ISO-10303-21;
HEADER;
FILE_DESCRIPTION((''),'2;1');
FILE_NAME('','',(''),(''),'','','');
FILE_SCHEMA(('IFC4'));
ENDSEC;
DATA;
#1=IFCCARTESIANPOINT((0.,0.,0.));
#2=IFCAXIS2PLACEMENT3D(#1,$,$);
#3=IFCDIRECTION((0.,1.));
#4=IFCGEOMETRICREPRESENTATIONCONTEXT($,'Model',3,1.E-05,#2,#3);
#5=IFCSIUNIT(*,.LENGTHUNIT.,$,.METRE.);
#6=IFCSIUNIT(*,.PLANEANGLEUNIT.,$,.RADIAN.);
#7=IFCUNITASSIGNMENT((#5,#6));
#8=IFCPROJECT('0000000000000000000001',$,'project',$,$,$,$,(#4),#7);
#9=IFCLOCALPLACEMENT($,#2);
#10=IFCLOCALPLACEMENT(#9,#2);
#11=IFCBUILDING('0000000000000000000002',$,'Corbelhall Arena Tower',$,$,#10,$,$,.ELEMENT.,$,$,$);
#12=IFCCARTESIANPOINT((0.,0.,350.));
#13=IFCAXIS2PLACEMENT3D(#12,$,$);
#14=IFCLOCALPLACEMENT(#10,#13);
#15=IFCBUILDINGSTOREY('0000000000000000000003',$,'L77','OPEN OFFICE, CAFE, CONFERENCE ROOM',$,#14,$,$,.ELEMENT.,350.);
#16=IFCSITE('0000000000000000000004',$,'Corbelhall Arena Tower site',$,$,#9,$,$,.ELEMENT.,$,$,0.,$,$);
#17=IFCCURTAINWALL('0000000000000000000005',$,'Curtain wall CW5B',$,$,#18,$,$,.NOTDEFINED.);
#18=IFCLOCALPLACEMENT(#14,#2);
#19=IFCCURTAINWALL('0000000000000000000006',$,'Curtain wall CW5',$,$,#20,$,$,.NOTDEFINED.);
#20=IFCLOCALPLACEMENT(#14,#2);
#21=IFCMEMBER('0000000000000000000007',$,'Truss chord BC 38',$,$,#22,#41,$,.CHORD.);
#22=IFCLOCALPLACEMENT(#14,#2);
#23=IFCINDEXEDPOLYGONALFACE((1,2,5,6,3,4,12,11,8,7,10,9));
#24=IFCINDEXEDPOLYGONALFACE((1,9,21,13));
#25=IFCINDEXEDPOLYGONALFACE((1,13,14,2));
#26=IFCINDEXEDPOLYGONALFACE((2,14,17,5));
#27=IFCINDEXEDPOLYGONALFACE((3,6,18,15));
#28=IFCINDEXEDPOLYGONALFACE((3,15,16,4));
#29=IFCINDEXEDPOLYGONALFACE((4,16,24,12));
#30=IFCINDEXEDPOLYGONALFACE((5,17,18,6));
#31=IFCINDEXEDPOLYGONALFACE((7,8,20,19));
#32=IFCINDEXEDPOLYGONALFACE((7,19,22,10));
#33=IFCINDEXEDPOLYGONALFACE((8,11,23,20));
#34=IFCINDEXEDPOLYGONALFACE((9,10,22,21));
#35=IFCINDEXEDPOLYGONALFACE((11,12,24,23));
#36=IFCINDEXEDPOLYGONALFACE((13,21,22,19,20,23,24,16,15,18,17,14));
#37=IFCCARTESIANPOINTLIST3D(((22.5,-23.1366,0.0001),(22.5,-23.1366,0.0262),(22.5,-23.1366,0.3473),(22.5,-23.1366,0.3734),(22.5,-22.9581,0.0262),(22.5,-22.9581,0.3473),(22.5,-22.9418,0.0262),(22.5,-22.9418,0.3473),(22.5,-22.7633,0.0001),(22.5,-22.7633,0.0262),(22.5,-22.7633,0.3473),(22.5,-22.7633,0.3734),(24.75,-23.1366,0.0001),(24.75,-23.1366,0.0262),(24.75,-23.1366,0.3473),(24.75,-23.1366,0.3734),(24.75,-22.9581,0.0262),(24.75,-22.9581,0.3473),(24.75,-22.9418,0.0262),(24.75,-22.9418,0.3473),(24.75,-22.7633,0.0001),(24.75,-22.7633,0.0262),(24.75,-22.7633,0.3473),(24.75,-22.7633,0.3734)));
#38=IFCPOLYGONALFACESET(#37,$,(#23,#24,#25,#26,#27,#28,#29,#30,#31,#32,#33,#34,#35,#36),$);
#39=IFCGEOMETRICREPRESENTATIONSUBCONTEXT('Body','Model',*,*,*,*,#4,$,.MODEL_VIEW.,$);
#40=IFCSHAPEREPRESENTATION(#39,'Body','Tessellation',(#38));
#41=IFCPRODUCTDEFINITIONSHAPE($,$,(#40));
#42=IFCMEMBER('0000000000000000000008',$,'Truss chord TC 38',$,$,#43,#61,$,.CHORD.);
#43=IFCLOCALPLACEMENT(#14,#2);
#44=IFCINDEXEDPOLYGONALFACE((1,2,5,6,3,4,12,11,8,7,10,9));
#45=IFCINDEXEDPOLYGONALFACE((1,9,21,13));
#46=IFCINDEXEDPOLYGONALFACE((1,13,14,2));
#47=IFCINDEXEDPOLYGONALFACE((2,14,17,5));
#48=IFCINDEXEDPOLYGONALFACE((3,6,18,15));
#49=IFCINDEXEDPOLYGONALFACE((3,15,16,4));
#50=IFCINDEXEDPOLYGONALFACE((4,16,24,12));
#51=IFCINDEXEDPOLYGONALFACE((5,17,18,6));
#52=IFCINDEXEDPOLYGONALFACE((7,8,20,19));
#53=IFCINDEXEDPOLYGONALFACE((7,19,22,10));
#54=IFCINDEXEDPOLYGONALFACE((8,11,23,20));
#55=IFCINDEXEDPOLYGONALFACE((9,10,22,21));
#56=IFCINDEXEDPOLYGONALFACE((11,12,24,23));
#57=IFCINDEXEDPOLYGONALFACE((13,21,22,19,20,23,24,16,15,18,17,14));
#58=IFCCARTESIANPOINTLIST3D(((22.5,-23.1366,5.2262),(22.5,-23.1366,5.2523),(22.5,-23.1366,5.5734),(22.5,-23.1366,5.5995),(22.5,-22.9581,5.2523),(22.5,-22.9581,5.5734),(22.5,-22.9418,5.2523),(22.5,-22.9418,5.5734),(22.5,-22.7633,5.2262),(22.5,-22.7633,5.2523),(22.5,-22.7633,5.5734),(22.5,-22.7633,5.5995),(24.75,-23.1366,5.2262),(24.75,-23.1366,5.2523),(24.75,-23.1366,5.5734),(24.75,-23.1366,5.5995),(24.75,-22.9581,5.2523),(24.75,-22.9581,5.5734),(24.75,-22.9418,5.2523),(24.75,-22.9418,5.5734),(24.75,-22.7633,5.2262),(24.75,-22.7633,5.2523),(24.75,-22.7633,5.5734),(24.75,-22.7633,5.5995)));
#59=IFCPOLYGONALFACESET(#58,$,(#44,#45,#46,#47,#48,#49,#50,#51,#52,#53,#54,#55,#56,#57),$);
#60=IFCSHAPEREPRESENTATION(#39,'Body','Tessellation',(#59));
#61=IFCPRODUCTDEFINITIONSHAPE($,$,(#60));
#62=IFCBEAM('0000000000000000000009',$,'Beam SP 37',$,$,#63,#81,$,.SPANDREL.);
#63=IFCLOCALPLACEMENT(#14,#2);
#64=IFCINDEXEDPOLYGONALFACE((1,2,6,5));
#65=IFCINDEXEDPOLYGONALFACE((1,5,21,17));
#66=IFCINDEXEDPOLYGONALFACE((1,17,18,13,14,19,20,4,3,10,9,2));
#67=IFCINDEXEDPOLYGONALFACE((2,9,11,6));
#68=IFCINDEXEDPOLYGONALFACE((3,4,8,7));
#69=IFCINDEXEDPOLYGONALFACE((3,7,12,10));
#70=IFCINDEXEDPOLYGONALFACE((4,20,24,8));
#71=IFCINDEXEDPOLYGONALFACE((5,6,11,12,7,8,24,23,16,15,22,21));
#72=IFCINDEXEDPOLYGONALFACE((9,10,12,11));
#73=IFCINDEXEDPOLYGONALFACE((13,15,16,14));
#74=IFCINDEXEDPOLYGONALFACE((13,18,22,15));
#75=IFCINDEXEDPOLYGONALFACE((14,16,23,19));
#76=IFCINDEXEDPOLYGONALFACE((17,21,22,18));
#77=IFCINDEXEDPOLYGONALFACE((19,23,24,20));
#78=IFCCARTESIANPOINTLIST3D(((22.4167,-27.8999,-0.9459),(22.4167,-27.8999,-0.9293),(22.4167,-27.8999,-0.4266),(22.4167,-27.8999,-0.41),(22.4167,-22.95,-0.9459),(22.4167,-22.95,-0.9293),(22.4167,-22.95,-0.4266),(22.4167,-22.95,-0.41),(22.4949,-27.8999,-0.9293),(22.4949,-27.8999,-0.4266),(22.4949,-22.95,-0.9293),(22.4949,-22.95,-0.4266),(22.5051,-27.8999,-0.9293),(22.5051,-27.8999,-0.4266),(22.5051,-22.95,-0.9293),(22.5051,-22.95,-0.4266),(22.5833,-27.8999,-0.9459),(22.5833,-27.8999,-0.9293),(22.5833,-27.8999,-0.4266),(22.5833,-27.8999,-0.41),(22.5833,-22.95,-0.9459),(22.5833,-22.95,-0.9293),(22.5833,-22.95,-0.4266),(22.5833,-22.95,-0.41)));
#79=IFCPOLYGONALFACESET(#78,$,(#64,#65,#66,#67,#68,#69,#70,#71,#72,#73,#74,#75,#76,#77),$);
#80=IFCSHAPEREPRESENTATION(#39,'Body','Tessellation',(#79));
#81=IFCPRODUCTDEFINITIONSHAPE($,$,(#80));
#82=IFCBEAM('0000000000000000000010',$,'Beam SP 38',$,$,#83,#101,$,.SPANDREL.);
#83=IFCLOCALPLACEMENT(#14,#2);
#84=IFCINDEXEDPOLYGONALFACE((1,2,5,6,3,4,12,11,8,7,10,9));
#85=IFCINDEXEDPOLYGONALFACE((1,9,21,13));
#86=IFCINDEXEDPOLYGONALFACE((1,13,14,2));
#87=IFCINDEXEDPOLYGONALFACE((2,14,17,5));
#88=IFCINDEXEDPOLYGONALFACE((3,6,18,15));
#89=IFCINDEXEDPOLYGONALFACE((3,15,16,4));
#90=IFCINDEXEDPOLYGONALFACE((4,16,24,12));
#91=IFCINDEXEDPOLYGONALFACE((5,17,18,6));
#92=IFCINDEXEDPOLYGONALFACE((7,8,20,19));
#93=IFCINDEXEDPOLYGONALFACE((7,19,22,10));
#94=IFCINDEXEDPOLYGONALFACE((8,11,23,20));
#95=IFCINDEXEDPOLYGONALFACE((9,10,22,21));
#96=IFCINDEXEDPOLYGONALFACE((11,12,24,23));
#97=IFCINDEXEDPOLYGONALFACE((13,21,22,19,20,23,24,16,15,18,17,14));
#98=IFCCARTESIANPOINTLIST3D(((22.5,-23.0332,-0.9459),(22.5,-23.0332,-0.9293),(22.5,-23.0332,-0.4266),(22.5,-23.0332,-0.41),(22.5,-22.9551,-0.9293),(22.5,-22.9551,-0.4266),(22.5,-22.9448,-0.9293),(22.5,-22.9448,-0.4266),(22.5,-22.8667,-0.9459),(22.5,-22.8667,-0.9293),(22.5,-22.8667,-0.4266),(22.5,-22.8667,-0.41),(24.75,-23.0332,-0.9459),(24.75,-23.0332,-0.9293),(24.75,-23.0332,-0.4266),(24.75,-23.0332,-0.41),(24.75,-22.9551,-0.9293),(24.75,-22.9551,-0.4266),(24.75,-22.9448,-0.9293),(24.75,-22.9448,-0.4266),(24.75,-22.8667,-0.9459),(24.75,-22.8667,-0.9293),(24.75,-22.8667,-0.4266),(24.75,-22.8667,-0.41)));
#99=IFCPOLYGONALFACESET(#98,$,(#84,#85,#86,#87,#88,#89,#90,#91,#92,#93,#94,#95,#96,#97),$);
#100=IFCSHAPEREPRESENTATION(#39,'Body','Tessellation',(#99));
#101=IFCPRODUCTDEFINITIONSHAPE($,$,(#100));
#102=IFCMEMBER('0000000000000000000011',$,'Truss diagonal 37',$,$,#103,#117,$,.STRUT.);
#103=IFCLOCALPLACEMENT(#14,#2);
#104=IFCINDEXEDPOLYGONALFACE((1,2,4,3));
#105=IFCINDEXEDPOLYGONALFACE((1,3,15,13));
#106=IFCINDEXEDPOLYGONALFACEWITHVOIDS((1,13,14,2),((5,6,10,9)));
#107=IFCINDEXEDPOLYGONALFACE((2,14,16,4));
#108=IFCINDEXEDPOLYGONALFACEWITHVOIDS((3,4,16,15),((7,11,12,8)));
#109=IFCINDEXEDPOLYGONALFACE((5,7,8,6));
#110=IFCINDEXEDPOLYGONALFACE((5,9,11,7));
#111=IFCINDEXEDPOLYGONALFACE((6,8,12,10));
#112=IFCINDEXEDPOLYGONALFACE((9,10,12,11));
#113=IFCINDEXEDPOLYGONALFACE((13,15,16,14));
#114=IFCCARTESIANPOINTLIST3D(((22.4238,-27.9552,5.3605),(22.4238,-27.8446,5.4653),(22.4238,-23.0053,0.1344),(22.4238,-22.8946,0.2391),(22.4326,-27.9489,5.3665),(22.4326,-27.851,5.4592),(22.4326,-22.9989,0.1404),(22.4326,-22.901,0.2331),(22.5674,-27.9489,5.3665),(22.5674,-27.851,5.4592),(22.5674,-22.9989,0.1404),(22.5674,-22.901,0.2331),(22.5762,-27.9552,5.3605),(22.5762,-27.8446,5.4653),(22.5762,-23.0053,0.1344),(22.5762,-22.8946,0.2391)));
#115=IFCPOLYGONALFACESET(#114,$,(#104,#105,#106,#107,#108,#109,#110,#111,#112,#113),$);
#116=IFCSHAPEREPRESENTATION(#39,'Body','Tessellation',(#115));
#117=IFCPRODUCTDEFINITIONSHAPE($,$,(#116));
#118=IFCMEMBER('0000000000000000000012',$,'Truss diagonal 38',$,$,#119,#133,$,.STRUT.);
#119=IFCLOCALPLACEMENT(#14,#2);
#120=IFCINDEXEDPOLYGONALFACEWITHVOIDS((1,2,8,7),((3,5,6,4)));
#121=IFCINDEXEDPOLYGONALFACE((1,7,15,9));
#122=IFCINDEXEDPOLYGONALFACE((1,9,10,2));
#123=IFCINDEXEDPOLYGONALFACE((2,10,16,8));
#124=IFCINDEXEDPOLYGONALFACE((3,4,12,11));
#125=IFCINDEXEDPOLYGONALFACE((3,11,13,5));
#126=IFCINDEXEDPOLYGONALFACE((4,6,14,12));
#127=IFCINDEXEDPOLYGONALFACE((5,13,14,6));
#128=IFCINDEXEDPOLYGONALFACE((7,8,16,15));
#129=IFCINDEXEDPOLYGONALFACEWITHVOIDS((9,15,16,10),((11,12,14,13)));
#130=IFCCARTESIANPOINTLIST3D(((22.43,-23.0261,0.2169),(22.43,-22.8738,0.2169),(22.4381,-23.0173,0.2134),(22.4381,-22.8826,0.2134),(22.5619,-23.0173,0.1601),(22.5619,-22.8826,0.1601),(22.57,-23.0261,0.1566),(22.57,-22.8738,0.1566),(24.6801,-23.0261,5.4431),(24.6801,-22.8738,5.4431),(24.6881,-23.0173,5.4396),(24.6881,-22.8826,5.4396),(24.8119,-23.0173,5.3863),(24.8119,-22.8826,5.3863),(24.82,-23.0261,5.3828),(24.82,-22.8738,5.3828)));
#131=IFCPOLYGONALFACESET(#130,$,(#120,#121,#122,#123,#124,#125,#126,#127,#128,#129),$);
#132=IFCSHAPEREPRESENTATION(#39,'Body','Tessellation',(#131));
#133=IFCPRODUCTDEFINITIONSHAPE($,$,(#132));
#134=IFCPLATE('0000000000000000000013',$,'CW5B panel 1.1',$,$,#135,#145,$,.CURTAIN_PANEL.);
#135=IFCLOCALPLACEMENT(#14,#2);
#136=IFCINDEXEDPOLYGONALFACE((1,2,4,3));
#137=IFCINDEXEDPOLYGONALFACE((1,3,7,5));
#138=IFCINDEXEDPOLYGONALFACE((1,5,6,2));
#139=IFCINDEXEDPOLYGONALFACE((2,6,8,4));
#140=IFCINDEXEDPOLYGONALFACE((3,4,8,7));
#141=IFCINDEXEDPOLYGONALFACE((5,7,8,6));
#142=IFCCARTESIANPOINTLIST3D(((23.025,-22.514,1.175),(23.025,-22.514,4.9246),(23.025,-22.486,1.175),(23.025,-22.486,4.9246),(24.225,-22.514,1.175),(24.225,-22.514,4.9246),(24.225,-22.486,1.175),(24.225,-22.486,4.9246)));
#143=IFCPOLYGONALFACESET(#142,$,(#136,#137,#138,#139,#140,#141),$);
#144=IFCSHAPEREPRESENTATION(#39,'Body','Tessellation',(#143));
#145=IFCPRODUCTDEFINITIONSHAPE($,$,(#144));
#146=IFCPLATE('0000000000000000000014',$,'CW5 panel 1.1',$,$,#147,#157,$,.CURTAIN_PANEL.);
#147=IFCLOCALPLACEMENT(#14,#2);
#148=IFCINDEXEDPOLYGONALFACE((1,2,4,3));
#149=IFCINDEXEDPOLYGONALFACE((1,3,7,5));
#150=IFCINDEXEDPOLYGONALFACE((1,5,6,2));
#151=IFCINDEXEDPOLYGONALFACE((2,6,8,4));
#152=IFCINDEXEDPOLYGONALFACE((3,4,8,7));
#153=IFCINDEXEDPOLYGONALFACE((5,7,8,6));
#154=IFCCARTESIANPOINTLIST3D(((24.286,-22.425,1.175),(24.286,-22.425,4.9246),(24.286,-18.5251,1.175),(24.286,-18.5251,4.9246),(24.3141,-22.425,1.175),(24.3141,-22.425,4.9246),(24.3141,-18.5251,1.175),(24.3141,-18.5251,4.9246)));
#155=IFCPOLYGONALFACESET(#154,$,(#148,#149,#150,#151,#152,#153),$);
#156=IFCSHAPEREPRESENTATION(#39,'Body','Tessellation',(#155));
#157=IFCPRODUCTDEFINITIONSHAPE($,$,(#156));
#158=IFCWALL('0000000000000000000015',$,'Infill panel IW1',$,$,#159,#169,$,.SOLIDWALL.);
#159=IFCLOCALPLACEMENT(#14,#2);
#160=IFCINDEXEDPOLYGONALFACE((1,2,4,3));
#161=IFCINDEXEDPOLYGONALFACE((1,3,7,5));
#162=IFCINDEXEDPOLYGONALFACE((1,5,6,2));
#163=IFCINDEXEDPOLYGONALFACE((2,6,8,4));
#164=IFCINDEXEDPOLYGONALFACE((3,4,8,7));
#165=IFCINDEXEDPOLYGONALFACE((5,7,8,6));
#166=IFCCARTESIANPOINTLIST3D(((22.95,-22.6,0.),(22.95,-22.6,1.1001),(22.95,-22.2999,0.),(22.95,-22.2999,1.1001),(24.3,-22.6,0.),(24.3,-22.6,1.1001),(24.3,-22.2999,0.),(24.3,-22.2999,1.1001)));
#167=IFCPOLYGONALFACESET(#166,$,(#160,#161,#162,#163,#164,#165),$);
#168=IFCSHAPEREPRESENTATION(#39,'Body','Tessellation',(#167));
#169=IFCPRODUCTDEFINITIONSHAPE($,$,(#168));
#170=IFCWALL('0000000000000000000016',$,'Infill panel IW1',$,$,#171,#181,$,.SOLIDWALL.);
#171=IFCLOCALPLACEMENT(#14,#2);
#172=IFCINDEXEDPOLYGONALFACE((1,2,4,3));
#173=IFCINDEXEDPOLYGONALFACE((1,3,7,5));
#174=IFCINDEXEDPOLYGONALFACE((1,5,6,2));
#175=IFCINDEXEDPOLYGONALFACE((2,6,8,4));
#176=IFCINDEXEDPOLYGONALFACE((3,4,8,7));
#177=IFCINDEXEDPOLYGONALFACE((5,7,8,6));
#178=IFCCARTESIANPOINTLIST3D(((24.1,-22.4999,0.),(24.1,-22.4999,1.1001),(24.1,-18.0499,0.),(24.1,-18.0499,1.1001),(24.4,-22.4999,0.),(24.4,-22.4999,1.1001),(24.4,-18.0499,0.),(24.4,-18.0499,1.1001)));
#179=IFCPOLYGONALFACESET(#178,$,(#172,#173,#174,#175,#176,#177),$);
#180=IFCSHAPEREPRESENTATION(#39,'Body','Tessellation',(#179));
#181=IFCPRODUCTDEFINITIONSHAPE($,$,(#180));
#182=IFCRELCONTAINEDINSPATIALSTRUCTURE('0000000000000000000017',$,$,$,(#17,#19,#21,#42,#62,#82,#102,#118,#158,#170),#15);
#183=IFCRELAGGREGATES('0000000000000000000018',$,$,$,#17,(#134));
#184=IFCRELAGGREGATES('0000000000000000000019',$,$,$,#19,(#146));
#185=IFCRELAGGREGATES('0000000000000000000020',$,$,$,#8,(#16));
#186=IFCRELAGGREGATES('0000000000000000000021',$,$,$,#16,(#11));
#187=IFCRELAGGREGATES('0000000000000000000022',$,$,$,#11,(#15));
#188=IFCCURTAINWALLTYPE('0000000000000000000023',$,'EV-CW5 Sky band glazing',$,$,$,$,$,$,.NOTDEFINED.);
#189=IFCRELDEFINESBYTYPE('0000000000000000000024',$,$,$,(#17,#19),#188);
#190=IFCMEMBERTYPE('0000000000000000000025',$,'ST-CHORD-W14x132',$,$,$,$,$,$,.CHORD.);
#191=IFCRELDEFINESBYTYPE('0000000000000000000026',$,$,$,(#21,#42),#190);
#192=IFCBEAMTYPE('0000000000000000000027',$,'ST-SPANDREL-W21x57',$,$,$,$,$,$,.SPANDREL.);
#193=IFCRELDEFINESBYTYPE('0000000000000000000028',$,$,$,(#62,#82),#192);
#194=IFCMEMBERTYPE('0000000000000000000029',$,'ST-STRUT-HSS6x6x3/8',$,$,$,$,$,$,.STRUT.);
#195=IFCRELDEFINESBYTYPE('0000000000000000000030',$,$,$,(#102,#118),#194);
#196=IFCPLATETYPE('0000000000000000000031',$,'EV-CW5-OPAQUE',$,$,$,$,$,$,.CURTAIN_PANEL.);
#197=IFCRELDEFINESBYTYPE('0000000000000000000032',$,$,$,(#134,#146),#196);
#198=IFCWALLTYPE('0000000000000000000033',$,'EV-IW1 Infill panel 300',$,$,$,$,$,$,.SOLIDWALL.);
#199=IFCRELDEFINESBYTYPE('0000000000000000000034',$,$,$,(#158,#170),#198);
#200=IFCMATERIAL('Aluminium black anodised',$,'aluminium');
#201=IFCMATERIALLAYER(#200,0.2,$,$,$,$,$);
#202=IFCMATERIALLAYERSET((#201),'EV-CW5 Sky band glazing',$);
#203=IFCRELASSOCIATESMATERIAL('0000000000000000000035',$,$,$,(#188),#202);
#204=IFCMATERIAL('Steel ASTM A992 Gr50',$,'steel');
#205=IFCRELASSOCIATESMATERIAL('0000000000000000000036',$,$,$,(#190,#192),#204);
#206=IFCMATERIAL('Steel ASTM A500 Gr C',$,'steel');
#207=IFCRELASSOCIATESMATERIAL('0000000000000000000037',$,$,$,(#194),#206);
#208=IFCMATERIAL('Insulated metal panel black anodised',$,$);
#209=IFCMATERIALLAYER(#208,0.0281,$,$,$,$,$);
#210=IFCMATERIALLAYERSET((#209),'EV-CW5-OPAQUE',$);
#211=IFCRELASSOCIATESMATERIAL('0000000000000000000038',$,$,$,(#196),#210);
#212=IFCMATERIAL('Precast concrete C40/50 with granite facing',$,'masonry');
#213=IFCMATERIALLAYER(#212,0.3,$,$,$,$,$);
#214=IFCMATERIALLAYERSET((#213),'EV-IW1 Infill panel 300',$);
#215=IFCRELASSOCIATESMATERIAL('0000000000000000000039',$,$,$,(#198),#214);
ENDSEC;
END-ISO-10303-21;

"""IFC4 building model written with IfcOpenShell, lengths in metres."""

from ifc_helpers import new_model, si_unit, direction, frame, frame_2d, origin, origin_2d, place, context, subcontext, project, spatial, rectangle, hollow_rectangle, i_section, extrude, material, layer, layer_set, material_profile, profile_set, type_object, element, aggregate, save


model = new_model("IFC4")

# Units and contexts
model_context = context("Model", 3, precision=1e-05, world=origin(), true_north=direction((0.0, 1.0)))
body_context = subcontext(model_context, "Body", "Model", "MODEL_VIEW")
ifc_project = project(units=[si_unit("LENGTHUNIT", "METRE"), si_unit("PLANEANGLEUNIT", "RADIAN")], contexts=[model_context])

# Site, building, storey
site_placement = place(None, origin())
site = spatial("IfcSite", under=ifc_project, at=site_placement, Name="Corbelhall Arena Tower site", CompositionType="ELEMENT", RefElevation=0.0)
building_placement = place(site_placement, origin())
building = spatial("IfcBuilding", under=site, at=building_placement, Name="Corbelhall Arena Tower", CompositionType="ELEMENT")
storey_placement = place(building_placement, frame((0.0, 0.0, 350.0)))
storey = spatial("IfcBuildingStorey", under=building, at=storey_placement, Name="L77", Description="OPEN OFFICE, CAFE, CONFERENCE ROOM", CompositionType="ELEMENT", Elevation=350.0)

# Curtain walls
ifc_material_1 = material(Name="Aluminium black anodised", Category="aluminium")
ifc_layer_1 = layer(ifc_material_1, 0.2)
ifc_layer_set_1 = layer_set([ifc_layer_1], Name="EV-CW5 Sky band glazing")
curtain_wall_type = type_object("IfcCurtainWallType", Name="EV-CW5 Sky band glazing", PredefinedType="NOTDEFINED", material=ifc_layer_set_1)
curtain_wall_1_placement = place(storey_placement, origin())
curtain_wall_1 = element("IfcCurtainWall", 1, at=curtain_wall_1_placement, inside=storey, type_object=curtain_wall_type, Name="Curtain wall CW5B", PredefinedType="NOTDEFINED")
curtain_wall_2_placement = place(storey_placement, origin())
curtain_wall_2 = element("IfcCurtainWall", 2, at=curtain_wall_2_placement, inside=storey, type_object=curtain_wall_type, Name="Curtain wall CW5", PredefinedType="NOTDEFINED")

# Members
ifc_material_2 = material(Name="Steel ASTM A992 Gr50", Category="steel")
ifc_material_profile_1 = material_profile(ifc_material_2, i_section(OverallWidth=0.3733, OverallDepth=0.3733, WebThickness=0.0164, FlangeThickness=0.0261, at=origin_2d()))
ifc_profile_set_1 = profile_set([ifc_material_profile_1], Name="Steel ASTM A992 Gr50")
member_type_1 = type_object("IfcMemberType", Name="ST-CHORD-W14x132", PredefinedType="CHORD", material=ifc_profile_set_1)
for number, where, z_axis, x_axis, name in (
    (3, (24.75, -22.95, 0.1868), (-1.0, 0.0, 0.0), (0.0, -1.0, 0.0), "Truss chord BC 38"),
    (4, (24.75, -22.95, 5.4128), (-1.0, 0.0, 0.0), (0.0, -1.0, 0.0), "Truss chord TC 38"),
):
    element("IfcMember", number, at=place(storey_placement, frame(where, z_axis=z_axis, x_axis=x_axis)), inside=storey, type_object=member_type_1, Name=name, PredefinedType="CHORD", context=body_context, shape_type="SweptSolid", body=[
        extrude(i_section(OverallWidth=0.3733, OverallDepth=0.3733, WebThickness=0.0164, FlangeThickness=0.0261, at=origin_2d()), origin(), (0.0, 0.0, 1.0), 2.25),
    ])

# Beams
ifc_material_profile_2 = material_profile(ifc_material_2, i_section(OverallWidth=0.1665, OverallDepth=0.5359, WebThickness=0.0103, FlangeThickness=0.0166, at=origin_2d()))
ifc_profile_set_2 = profile_set([ifc_material_profile_2], Name="Steel ASTM A992 Gr50")
beam_type = type_object("IfcBeamType", Name="ST-SPANDREL-W21x57", PredefinedType="SPANDREL", material=ifc_profile_set_2)
beam_1_placement = place(storey_placement, frame((22.5, -22.95, -0.678), z_axis=(0.0, -1.0, 0.0), x_axis=(1.0, 0.0, 0.0)))
element("IfcBeam", 5, at=beam_1_placement, inside=storey, type_object=beam_type, Name="Beam SP 37", PredefinedType="SPANDREL", context=body_context, shape_type="SweptSolid", body=[
    extrude(i_section(OverallWidth=0.1665, OverallDepth=0.5359, WebThickness=0.0103, FlangeThickness=0.0166, at=origin_2d()), origin(), (0.0, 0.0, 1.0), 4.95),
])
beam_2_placement = place(storey_placement, frame((24.75, -22.95, -0.678), z_axis=(-1.0, 0.0, 0.0), x_axis=(0.0, -1.0, 0.0)))
element("IfcBeam", 6, at=beam_2_placement, inside=storey, type_object=beam_type, Name="Beam SP 38", PredefinedType="SPANDREL", context=body_context, shape_type="SweptSolid", body=[
    extrude(i_section(OverallWidth=0.1665, OverallDepth=0.5359, WebThickness=0.0103, FlangeThickness=0.0166, at=origin_2d()), origin(), (0.0, 0.0, 1.0), 2.25),
])

# Members
ifc_material_3 = material(Name="Steel ASTM A500 Gr C", Category="steel")
ifc_material_profile_3 = material_profile(ifc_material_3, hollow_rectangle(XDim=0.1523, YDim=0.1523, WallThickness=0.0088, at=origin_2d()))
ifc_profile_set_3 = profile_set([ifc_material_profile_3], Name="Steel ASTM A500 Gr C")
member_type_2 = type_object("IfcMemberType", Name="ST-STRUT-HSS6x6x3/8", PredefinedType="STRUT", material=ifc_profile_set_3)
member_1_placement = place(storey_placement, frame((22.5, -22.95, 0.1868), z_axis=(0.0, -0.687667, 0.726027), x_axis=(1.0, 0.0, 0.0)))
element("IfcMember", 7, at=member_1_placement, inside=storey, type_object=member_type_2, Name="Truss diagonal 37", PredefinedType="STRUT", context=body_context, shape_type="SweptSolid", body=[
    extrude(hollow_rectangle(XDim=0.1523, YDim=0.1523, WallThickness=0.0088, at=origin_2d()), origin(), (0.0, 0.0, 1.0), 7.1982),
])
member_2_placement = place(storey_placement, frame((22.5, -22.95, 0.1868), z_axis=(0.395441, 0.0, 0.918491), x_axis=(0.0, 1.0, 0.0)))
element("IfcMember", 8, at=member_2_placement, inside=storey, type_object=member_type_2, Name="Truss diagonal 38", PredefinedType="STRUT", context=body_context, shape_type="SweptSolid", body=[
    extrude(hollow_rectangle(XDim=0.1523, YDim=0.1523, WallThickness=0.0088, at=origin_2d()), origin(), (0.0, 0.0, 1.0), 5.6899),
])

# Plates
ifc_material_4 = material(Name="Insulated metal panel black anodised")
ifc_layer_2 = layer(ifc_material_4, 0.0281)
ifc_layer_set_2 = layer_set([ifc_layer_2], Name="EV-CW5-OPAQUE")
plate_type = type_object("IfcPlateType", Name="EV-CW5-OPAQUE", PredefinedType="CURTAIN_PANEL", material=ifc_layer_set_2)
plate_1_placement = place(storey_placement, frame((23.625, -22.5, 1.175), z_axis=(0.0, 0.0, 1.0), x_axis=(1.0, 0.0, 0.0)))
plate_1 = element("IfcPlate", 9, at=plate_1_placement, type_object=plate_type, Name="CW5B panel 1.1", PredefinedType="CURTAIN_PANEL", context=body_context, shape_type="SweptSolid", body=[
    extrude(rectangle(XDim=1.2, YDim=0.0281, at=origin_2d()), origin(), (0.0, 0.0, 1.0), 3.7495),
])
aggregate(curtain_wall_1, [plate_1])
plate_2_placement = place(storey_placement, frame((24.3, -20.4751, 1.175), z_axis=(0.0, 0.0, 1.0), x_axis=(0.0, 1.0, 0.0)))
plate_2 = element("IfcPlate", 10, at=plate_2_placement, type_object=plate_type, Name="CW5 panel 1.1", PredefinedType="CURTAIN_PANEL", context=body_context, shape_type="SweptSolid", body=[
    extrude(rectangle(XDim=3.8999, YDim=0.0281, at=origin_2d()), origin(), (0.0, 0.0, 1.0), 3.7495),
])
aggregate(curtain_wall_2, [plate_2])

# Walls
ifc_material_5 = material(Name="Precast concrete C40/50 with granite facing", Category="masonry")
ifc_layer_3 = layer(ifc_material_5, 0.3)
ifc_layer_set_3 = layer_set([ifc_layer_3], Name="EV-IW1 Infill panel 300")
wall_type = type_object("IfcWallType", Name="EV-IW1 Infill panel 300", PredefinedType="SOLIDWALL", material=ifc_layer_set_3)
wall_1_placement = place(storey_placement, frame((22.95, -22.45, 0.0), z_axis=(0.0, 0.0, 1.0), x_axis=(1.0, 0.0, 0.0)))
element("IfcWall", 11, at=wall_1_placement, inside=storey, type_object=wall_type, Name="Infill panel IW1", PredefinedType="SOLIDWALL", context=body_context, shape_type="SweptSolid", body=[
    extrude(rectangle(XDim=1.3501, YDim=0.3, at=frame_2d((0.675, 0.0))), origin(), (0.0, 0.0, 1.0), 1.1001),
])
wall_2_placement = place(storey_placement, frame((24.25, -22.5, 0.0), z_axis=(0.0, 0.0, 1.0), x_axis=(0.0, 1.0, 0.0)))
element("IfcWall", 12, at=wall_2_placement, inside=storey, type_object=wall_type, Name="Infill panel IW1", PredefinedType="SOLIDWALL", context=body_context, shape_type="SweptSolid", body=[
    extrude(rectangle(XDim=4.45, YDim=0.3, at=frame_2d((2.2251, 0.0))), origin(), (0.0, 0.0, 1.0), 1.1001),
])

save(model, "model.ifc")
